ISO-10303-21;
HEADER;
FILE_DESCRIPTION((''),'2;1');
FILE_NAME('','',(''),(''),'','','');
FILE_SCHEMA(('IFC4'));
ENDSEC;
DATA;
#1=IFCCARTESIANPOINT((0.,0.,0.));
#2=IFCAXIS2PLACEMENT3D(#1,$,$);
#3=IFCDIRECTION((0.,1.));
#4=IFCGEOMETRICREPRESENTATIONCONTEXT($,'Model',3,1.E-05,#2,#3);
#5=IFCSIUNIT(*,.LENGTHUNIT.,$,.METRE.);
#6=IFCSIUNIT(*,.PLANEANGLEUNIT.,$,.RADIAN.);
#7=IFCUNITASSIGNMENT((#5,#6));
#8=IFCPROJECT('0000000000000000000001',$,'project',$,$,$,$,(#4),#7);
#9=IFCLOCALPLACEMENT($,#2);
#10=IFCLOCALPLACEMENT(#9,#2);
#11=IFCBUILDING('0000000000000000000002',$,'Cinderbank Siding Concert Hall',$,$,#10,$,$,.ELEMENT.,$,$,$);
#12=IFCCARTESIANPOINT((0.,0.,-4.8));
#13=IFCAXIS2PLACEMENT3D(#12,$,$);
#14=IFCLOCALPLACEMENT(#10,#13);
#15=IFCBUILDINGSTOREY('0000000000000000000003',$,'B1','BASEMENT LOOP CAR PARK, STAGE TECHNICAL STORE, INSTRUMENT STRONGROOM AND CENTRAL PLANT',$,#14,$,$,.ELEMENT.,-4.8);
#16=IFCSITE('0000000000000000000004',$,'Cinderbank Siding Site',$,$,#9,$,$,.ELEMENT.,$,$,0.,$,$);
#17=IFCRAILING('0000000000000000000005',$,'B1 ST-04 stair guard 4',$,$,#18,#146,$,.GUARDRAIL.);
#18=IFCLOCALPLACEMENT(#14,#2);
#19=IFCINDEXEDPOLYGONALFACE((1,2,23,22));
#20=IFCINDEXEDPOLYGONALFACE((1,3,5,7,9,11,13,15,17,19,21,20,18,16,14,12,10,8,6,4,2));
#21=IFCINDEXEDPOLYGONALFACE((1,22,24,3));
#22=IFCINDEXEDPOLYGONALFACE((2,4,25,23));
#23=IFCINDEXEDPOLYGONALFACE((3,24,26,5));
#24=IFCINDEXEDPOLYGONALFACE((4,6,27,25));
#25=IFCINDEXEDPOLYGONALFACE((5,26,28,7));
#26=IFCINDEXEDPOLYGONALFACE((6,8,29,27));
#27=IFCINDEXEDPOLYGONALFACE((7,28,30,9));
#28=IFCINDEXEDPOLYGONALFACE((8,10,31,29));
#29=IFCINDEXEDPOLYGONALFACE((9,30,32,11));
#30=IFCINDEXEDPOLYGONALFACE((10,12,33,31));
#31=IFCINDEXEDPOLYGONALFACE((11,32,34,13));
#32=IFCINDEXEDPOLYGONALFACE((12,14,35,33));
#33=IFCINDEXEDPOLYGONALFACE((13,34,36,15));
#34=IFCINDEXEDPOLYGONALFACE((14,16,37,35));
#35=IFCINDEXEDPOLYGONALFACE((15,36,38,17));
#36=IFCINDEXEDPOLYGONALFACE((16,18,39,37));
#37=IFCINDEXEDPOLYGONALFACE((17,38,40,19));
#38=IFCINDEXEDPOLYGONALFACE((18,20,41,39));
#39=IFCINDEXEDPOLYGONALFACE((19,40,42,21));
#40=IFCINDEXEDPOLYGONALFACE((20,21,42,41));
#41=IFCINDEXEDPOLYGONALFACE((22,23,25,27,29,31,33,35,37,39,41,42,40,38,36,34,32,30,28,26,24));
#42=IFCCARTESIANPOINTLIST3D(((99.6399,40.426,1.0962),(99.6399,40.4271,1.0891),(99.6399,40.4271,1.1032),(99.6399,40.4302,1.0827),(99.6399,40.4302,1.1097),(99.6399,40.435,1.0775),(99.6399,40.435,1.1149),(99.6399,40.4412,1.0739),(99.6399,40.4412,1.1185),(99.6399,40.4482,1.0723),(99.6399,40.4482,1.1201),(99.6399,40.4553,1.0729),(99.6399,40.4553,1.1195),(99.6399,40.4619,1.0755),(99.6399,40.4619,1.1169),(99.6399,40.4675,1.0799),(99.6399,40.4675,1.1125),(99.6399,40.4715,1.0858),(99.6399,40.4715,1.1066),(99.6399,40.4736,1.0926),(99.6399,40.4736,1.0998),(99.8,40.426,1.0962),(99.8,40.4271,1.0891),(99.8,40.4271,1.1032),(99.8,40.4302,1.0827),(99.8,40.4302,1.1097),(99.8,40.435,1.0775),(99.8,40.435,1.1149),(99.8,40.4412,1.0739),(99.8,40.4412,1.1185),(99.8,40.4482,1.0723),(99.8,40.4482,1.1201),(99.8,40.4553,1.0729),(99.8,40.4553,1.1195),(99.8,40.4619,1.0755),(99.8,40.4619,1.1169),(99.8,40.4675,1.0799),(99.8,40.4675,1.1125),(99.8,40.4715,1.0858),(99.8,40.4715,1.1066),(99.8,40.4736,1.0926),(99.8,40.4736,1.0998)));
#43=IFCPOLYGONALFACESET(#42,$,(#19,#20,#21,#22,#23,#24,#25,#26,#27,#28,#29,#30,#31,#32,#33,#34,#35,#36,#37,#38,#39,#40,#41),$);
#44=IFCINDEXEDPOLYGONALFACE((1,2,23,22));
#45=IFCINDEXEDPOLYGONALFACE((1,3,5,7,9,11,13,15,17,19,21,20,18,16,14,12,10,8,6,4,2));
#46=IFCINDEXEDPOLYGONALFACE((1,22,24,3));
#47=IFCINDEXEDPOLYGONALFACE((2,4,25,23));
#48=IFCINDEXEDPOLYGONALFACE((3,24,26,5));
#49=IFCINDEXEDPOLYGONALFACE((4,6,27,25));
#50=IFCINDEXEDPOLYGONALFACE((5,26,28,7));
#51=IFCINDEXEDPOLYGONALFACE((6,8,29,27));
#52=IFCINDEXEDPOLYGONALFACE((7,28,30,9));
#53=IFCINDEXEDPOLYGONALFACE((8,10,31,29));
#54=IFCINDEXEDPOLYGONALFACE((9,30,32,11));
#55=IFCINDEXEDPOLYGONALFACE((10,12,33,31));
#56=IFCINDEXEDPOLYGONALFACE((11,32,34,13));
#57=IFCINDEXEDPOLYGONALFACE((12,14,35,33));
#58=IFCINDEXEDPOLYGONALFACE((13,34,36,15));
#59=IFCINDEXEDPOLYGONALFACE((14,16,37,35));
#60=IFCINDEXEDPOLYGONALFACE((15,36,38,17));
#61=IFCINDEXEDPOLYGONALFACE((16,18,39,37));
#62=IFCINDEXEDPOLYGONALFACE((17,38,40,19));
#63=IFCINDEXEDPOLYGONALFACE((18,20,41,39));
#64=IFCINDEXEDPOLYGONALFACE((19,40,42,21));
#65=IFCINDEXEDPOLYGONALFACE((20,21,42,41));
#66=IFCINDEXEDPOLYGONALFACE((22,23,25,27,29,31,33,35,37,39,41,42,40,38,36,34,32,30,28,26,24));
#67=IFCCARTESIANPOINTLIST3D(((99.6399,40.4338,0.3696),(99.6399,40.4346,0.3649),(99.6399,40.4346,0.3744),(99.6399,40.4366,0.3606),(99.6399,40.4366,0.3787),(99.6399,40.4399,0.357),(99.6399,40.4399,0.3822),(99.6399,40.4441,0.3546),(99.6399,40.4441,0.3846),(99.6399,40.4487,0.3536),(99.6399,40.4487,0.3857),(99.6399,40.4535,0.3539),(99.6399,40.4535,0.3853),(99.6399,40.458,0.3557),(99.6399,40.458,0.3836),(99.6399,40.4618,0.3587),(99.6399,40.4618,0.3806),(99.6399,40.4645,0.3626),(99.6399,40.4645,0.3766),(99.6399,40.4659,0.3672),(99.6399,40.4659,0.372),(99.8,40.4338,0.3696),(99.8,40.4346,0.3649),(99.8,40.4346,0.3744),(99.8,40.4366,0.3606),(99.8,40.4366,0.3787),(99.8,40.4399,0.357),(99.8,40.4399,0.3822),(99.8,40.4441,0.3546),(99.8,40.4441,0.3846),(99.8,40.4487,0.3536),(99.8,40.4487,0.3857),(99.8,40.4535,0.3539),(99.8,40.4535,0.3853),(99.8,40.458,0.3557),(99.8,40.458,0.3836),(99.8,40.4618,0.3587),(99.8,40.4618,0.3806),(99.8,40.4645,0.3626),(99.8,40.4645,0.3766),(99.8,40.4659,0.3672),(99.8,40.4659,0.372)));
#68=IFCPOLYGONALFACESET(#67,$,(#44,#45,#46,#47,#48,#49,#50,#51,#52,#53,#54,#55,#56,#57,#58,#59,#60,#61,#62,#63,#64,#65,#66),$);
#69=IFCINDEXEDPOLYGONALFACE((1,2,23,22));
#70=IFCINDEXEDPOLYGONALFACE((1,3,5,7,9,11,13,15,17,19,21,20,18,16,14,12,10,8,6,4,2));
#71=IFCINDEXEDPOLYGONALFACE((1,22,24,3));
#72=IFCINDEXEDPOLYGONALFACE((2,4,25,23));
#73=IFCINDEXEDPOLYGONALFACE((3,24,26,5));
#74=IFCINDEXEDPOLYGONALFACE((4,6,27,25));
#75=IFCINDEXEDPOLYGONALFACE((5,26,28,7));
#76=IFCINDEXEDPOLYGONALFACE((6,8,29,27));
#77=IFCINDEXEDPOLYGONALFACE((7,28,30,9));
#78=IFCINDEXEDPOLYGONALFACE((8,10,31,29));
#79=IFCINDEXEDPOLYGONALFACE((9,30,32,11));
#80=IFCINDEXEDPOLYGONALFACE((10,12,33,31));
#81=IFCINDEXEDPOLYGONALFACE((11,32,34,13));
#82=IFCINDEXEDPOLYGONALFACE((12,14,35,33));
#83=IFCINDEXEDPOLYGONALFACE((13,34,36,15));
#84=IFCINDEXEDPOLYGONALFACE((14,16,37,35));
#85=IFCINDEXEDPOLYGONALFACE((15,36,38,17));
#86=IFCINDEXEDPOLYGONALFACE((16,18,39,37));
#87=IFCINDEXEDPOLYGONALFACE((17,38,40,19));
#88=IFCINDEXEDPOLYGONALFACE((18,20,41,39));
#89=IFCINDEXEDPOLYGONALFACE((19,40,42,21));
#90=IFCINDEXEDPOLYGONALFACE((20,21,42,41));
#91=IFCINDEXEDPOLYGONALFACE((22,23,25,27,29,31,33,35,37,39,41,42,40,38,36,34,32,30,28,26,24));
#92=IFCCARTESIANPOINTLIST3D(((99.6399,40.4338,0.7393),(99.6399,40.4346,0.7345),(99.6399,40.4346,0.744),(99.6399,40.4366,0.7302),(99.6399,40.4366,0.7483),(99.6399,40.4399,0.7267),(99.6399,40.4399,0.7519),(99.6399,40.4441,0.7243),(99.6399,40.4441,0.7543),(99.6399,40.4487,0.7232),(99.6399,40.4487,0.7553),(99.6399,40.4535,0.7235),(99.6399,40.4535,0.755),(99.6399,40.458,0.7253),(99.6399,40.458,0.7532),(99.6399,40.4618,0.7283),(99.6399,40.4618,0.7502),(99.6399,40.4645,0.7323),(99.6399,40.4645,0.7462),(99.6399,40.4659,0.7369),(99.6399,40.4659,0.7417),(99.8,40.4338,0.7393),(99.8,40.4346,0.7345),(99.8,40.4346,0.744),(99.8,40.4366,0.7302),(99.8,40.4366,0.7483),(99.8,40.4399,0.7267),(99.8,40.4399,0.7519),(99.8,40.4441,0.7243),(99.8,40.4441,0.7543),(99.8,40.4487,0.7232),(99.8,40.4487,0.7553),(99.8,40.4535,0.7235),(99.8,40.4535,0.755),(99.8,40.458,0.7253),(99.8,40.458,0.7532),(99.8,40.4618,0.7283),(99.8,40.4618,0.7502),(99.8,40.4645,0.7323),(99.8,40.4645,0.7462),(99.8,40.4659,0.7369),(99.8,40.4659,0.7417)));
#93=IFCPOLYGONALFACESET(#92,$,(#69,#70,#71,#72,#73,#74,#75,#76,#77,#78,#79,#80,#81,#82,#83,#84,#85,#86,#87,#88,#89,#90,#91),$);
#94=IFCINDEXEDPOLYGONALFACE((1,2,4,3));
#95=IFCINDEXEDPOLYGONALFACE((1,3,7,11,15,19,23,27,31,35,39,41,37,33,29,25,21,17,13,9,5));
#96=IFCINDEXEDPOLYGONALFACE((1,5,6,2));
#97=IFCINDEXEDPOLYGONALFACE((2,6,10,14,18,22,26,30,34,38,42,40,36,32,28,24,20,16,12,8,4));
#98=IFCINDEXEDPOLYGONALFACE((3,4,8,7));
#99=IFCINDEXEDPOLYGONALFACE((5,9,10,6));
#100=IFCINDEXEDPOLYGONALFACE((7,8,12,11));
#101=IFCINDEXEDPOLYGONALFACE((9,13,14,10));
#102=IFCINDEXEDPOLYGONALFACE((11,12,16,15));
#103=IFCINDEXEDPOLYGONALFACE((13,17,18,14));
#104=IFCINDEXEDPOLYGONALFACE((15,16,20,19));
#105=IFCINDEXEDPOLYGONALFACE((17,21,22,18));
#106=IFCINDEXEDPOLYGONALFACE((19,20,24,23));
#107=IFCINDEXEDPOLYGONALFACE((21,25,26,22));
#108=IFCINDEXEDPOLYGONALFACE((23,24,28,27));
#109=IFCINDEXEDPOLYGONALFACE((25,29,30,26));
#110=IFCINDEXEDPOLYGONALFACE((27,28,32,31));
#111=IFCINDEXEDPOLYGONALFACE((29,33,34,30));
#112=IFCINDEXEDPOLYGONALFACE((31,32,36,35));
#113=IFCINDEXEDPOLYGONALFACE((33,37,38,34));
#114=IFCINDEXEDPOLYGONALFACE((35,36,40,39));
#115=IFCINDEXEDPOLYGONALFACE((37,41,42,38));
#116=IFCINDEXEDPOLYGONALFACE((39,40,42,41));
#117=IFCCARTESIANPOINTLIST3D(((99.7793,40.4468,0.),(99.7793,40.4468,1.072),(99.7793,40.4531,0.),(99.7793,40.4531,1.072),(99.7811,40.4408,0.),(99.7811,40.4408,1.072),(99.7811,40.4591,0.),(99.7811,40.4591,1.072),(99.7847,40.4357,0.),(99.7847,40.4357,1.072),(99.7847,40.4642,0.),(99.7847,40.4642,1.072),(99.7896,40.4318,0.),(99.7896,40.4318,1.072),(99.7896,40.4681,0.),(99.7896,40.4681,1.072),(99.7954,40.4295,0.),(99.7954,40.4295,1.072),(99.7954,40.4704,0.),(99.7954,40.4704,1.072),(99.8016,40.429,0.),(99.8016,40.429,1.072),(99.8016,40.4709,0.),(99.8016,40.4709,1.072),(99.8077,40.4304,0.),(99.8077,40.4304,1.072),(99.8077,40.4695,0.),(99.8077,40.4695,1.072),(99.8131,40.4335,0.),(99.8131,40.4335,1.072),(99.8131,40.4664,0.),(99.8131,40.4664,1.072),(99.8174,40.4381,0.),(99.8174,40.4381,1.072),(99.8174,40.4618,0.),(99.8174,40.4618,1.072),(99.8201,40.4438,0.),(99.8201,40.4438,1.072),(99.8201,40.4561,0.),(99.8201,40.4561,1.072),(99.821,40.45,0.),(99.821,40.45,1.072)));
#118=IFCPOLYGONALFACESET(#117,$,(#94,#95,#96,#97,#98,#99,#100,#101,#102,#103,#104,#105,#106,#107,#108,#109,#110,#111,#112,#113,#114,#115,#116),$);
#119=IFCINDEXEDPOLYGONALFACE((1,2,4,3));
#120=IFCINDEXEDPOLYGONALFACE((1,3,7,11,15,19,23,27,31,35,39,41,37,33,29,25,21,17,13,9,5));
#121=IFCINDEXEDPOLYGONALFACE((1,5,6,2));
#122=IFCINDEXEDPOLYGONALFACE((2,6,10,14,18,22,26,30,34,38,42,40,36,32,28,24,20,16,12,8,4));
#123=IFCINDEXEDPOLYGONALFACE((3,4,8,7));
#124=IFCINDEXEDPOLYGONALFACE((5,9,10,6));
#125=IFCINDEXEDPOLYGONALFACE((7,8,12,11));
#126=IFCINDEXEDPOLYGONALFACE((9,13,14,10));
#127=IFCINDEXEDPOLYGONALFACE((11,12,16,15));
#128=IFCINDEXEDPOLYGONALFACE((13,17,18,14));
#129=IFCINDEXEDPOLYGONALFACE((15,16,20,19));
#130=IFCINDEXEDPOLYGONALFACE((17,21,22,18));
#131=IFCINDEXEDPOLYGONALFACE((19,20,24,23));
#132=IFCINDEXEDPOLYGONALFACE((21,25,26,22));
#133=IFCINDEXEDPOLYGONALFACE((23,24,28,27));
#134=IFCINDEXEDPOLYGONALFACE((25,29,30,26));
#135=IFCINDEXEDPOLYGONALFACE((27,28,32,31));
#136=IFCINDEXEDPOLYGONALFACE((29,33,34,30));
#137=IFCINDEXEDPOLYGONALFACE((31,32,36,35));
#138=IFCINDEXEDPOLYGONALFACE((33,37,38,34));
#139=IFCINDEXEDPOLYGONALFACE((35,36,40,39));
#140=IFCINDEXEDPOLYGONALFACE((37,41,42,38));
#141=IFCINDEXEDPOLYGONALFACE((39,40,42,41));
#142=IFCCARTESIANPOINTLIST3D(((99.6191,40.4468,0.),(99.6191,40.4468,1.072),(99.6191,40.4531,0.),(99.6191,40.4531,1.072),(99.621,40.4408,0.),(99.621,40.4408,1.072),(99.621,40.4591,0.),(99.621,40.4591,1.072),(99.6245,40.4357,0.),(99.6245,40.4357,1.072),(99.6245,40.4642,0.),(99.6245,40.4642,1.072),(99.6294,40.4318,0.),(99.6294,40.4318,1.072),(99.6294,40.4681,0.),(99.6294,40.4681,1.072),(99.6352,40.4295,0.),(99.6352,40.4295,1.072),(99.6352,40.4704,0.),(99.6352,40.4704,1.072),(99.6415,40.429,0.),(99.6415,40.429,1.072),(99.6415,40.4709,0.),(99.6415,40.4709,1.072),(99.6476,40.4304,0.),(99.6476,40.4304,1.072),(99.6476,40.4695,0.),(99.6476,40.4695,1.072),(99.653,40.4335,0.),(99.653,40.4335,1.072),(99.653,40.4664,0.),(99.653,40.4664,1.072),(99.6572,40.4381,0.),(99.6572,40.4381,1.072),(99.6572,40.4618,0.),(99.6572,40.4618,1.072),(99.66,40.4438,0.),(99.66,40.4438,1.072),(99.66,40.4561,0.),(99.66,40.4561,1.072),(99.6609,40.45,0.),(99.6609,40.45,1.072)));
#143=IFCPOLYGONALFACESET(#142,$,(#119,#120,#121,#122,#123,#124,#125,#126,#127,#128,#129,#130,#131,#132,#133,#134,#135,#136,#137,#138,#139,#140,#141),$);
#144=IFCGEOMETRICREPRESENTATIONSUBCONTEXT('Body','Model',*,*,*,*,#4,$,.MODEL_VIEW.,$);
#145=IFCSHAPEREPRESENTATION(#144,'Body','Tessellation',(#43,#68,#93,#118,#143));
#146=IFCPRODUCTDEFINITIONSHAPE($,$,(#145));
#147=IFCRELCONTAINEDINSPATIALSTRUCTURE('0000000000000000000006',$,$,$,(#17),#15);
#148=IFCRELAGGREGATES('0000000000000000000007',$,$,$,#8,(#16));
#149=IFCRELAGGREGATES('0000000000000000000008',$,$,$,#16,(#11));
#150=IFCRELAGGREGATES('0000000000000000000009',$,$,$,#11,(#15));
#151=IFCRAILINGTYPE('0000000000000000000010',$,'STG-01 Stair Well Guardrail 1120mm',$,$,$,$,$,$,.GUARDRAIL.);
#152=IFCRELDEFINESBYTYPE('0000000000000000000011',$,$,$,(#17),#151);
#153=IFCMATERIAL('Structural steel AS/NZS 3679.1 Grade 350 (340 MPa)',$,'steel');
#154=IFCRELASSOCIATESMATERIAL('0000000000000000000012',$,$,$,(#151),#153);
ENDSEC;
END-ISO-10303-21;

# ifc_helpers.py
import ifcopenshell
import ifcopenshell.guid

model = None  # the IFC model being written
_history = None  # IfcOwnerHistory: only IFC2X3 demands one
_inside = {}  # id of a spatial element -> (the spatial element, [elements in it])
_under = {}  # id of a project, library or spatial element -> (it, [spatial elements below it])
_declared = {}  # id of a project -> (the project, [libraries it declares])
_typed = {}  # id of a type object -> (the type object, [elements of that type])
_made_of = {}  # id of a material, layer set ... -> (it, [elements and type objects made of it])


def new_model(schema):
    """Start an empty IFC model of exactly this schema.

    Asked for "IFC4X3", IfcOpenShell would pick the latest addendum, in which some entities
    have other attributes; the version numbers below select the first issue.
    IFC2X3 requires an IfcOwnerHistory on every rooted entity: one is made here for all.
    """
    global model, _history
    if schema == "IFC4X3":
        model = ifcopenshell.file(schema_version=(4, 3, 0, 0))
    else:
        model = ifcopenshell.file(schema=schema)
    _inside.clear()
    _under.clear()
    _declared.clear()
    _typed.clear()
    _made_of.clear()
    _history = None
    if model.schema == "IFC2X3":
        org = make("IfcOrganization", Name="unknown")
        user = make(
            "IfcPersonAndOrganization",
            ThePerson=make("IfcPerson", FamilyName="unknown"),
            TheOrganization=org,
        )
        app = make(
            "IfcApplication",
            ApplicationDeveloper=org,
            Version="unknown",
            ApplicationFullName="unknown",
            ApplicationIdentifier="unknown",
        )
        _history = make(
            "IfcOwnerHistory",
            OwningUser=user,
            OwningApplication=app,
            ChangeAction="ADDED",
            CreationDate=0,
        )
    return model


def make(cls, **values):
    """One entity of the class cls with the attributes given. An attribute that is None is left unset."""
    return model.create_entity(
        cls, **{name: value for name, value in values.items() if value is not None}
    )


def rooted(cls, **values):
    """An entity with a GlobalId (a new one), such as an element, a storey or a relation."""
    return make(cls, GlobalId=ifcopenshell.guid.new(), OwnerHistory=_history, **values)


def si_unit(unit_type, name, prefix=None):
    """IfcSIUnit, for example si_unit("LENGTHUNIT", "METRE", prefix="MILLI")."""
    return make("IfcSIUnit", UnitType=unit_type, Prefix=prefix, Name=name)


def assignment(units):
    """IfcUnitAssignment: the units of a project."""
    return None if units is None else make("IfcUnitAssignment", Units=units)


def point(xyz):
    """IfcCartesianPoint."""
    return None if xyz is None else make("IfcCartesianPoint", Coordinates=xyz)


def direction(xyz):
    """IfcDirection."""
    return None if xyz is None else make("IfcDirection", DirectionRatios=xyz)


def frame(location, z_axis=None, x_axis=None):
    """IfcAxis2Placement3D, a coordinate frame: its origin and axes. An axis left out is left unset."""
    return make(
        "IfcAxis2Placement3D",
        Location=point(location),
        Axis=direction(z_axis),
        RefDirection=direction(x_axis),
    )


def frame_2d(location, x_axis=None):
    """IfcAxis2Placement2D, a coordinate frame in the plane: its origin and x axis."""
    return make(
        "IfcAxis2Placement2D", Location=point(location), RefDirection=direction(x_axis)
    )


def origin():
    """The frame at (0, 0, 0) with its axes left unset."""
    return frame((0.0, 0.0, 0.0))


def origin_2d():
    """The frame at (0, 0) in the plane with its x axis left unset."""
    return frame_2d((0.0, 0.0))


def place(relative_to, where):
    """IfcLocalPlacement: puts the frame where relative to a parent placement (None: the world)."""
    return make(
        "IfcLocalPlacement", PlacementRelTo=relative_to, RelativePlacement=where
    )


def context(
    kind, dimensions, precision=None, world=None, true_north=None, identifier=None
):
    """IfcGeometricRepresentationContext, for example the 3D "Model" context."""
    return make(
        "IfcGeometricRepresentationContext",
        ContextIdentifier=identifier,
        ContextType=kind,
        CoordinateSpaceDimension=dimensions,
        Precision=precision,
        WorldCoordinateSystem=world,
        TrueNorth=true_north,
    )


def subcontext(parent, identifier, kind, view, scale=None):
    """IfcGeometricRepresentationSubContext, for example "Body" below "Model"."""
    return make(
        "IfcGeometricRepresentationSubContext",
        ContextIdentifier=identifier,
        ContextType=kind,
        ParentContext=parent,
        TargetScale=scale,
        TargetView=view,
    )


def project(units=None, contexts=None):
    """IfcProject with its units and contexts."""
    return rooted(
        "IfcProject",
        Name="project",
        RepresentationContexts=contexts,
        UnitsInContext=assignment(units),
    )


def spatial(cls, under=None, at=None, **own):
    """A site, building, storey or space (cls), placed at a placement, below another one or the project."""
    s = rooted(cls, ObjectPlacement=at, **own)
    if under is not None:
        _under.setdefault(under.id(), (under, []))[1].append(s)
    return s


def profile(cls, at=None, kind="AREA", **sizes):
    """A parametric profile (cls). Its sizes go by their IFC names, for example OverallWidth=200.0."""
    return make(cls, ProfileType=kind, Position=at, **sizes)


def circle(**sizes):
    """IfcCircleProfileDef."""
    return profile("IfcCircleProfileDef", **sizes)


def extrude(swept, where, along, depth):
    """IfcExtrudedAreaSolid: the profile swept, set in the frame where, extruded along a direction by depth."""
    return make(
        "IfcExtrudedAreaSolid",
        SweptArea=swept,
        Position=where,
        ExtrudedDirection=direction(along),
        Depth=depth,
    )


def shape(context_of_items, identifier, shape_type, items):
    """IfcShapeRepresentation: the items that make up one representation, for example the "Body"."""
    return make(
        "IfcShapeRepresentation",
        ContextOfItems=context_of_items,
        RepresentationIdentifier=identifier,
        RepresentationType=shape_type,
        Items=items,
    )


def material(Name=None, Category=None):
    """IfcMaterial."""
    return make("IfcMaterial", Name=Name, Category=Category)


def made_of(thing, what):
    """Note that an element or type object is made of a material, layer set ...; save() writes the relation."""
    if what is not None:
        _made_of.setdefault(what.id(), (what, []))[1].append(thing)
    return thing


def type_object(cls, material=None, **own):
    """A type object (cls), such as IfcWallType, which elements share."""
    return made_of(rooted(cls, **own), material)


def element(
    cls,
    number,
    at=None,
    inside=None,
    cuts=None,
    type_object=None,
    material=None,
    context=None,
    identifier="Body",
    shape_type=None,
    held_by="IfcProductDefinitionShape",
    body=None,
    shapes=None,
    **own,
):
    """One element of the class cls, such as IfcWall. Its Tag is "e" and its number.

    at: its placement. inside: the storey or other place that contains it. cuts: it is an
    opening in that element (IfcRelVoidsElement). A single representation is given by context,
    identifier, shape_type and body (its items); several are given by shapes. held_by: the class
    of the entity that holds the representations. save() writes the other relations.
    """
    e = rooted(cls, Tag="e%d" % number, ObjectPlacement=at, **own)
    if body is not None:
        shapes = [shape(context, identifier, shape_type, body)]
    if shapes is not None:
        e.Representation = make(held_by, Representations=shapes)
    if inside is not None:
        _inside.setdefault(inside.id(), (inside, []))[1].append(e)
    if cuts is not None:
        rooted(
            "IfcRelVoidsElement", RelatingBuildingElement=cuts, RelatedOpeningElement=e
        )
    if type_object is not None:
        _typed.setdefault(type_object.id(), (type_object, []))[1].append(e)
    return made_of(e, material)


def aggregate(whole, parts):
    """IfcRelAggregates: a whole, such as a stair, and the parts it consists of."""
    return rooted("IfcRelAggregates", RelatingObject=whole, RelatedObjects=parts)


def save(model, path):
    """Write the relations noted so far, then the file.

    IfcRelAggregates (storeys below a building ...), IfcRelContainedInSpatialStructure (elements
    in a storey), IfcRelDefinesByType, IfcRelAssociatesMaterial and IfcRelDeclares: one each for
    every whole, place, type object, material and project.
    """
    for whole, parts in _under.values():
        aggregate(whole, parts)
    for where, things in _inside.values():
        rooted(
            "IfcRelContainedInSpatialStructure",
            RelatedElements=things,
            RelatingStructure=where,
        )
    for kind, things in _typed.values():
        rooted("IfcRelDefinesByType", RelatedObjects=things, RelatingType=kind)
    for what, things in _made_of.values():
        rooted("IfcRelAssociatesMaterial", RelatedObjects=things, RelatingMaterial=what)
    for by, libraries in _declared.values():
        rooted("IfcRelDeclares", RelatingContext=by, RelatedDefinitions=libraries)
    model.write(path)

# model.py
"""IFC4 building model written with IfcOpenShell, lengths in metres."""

from ifc_helpers import new_model, si_unit, direction, frame, origin, origin_2d, place, context, subcontext, project, spatial, circle, extrude, material, type_object, element, save


model = new_model("IFC4")

# Units and contexts
model_context = context("Model", 3, precision=1e-05, world=origin(), true_north=direction((0.0, 1.0)))
body_context = subcontext(model_context, "Body", "Model", "MODEL_VIEW")
ifc_project = project(units=[si_unit("LENGTHUNIT", "METRE"), si_unit("PLANEANGLEUNIT", "RADIAN")], contexts=[model_context])

# Site, building, storey
site_placement = place(None, origin())
site = spatial("IfcSite", under=ifc_project, at=site_placement, Name="Cinderbank Siding Site", CompositionType="ELEMENT", RefElevation=0.0)
building_placement = place(site_placement, origin())
building = spatial("IfcBuilding", under=site, at=building_placement, Name="Cinderbank Siding Concert Hall", CompositionType="ELEMENT")
storey_placement = place(building_placement, frame((0.0, 0.0, -4.8)))
storey = spatial("IfcBuildingStorey", under=building, at=storey_placement, Name="B1", Description="BASEMENT LOOP CAR PARK, STAGE TECHNICAL STORE, INSTRUMENT STRONGROOM AND CENTRAL PLANT", CompositionType="ELEMENT", Elevation=-4.8)

# Shared definitions
ifc_material_1 = material(Name="Structural steel AS/NZS 3679.1 Grade 350 (340 MPa)", Category="steel")

# Railing
railing_type_1 = type_object("IfcRailingType", Name="STG-01 Stair Well Guardrail 1120mm", PredefinedType="GUARDRAIL", material=ifc_material_1)
railing_1_placement = place(storey_placement, frame((99.8, 40.45, 0.0)))
element("IfcRailing", 1, at=railing_1_placement, inside=storey, type_object=railing_type_1, Name="B1 ST-04 stair guard 4", PredefinedType="GUARDRAIL", context=body_context, shape_type="SweptSolid", body=[
    extrude(circle(Radius=0.0239, at=origin_2d()), frame((0.0, 0.0, 1.0962), z_axis=(-1.0, 0.0, 0.0), x_axis=(0.0, -1.0, 0.0)), (0.0, 0.0, 1.0), 0.1602),
    extrude(circle(Radius=0.0161, at=origin_2d()), frame((0.0, 0.0, 0.3696), z_axis=(-1.0, 0.0, 0.0), x_axis=(0.0, -1.0, 0.0)), (0.0, 0.0, 1.0), 0.1602),
    extrude(circle(Radius=0.0161, at=origin_2d()), frame((0.0, 0.0, 0.7393), z_axis=(-1.0, 0.0, 0.0), x_axis=(0.0, -1.0, 0.0)), (0.0, 0.0, 1.0), 0.1602),
    extrude(circle(Radius=0.021, at=origin_2d()), origin(), (0.0, 0.0, 1.0), 1.072),
    extrude(circle(Radius=0.021, at=origin_2d()), frame((-0.1602, 0.0, 0.0)), (0.0, 0.0, 1.0), 1.072),
])

save(model, "model.ifc")
